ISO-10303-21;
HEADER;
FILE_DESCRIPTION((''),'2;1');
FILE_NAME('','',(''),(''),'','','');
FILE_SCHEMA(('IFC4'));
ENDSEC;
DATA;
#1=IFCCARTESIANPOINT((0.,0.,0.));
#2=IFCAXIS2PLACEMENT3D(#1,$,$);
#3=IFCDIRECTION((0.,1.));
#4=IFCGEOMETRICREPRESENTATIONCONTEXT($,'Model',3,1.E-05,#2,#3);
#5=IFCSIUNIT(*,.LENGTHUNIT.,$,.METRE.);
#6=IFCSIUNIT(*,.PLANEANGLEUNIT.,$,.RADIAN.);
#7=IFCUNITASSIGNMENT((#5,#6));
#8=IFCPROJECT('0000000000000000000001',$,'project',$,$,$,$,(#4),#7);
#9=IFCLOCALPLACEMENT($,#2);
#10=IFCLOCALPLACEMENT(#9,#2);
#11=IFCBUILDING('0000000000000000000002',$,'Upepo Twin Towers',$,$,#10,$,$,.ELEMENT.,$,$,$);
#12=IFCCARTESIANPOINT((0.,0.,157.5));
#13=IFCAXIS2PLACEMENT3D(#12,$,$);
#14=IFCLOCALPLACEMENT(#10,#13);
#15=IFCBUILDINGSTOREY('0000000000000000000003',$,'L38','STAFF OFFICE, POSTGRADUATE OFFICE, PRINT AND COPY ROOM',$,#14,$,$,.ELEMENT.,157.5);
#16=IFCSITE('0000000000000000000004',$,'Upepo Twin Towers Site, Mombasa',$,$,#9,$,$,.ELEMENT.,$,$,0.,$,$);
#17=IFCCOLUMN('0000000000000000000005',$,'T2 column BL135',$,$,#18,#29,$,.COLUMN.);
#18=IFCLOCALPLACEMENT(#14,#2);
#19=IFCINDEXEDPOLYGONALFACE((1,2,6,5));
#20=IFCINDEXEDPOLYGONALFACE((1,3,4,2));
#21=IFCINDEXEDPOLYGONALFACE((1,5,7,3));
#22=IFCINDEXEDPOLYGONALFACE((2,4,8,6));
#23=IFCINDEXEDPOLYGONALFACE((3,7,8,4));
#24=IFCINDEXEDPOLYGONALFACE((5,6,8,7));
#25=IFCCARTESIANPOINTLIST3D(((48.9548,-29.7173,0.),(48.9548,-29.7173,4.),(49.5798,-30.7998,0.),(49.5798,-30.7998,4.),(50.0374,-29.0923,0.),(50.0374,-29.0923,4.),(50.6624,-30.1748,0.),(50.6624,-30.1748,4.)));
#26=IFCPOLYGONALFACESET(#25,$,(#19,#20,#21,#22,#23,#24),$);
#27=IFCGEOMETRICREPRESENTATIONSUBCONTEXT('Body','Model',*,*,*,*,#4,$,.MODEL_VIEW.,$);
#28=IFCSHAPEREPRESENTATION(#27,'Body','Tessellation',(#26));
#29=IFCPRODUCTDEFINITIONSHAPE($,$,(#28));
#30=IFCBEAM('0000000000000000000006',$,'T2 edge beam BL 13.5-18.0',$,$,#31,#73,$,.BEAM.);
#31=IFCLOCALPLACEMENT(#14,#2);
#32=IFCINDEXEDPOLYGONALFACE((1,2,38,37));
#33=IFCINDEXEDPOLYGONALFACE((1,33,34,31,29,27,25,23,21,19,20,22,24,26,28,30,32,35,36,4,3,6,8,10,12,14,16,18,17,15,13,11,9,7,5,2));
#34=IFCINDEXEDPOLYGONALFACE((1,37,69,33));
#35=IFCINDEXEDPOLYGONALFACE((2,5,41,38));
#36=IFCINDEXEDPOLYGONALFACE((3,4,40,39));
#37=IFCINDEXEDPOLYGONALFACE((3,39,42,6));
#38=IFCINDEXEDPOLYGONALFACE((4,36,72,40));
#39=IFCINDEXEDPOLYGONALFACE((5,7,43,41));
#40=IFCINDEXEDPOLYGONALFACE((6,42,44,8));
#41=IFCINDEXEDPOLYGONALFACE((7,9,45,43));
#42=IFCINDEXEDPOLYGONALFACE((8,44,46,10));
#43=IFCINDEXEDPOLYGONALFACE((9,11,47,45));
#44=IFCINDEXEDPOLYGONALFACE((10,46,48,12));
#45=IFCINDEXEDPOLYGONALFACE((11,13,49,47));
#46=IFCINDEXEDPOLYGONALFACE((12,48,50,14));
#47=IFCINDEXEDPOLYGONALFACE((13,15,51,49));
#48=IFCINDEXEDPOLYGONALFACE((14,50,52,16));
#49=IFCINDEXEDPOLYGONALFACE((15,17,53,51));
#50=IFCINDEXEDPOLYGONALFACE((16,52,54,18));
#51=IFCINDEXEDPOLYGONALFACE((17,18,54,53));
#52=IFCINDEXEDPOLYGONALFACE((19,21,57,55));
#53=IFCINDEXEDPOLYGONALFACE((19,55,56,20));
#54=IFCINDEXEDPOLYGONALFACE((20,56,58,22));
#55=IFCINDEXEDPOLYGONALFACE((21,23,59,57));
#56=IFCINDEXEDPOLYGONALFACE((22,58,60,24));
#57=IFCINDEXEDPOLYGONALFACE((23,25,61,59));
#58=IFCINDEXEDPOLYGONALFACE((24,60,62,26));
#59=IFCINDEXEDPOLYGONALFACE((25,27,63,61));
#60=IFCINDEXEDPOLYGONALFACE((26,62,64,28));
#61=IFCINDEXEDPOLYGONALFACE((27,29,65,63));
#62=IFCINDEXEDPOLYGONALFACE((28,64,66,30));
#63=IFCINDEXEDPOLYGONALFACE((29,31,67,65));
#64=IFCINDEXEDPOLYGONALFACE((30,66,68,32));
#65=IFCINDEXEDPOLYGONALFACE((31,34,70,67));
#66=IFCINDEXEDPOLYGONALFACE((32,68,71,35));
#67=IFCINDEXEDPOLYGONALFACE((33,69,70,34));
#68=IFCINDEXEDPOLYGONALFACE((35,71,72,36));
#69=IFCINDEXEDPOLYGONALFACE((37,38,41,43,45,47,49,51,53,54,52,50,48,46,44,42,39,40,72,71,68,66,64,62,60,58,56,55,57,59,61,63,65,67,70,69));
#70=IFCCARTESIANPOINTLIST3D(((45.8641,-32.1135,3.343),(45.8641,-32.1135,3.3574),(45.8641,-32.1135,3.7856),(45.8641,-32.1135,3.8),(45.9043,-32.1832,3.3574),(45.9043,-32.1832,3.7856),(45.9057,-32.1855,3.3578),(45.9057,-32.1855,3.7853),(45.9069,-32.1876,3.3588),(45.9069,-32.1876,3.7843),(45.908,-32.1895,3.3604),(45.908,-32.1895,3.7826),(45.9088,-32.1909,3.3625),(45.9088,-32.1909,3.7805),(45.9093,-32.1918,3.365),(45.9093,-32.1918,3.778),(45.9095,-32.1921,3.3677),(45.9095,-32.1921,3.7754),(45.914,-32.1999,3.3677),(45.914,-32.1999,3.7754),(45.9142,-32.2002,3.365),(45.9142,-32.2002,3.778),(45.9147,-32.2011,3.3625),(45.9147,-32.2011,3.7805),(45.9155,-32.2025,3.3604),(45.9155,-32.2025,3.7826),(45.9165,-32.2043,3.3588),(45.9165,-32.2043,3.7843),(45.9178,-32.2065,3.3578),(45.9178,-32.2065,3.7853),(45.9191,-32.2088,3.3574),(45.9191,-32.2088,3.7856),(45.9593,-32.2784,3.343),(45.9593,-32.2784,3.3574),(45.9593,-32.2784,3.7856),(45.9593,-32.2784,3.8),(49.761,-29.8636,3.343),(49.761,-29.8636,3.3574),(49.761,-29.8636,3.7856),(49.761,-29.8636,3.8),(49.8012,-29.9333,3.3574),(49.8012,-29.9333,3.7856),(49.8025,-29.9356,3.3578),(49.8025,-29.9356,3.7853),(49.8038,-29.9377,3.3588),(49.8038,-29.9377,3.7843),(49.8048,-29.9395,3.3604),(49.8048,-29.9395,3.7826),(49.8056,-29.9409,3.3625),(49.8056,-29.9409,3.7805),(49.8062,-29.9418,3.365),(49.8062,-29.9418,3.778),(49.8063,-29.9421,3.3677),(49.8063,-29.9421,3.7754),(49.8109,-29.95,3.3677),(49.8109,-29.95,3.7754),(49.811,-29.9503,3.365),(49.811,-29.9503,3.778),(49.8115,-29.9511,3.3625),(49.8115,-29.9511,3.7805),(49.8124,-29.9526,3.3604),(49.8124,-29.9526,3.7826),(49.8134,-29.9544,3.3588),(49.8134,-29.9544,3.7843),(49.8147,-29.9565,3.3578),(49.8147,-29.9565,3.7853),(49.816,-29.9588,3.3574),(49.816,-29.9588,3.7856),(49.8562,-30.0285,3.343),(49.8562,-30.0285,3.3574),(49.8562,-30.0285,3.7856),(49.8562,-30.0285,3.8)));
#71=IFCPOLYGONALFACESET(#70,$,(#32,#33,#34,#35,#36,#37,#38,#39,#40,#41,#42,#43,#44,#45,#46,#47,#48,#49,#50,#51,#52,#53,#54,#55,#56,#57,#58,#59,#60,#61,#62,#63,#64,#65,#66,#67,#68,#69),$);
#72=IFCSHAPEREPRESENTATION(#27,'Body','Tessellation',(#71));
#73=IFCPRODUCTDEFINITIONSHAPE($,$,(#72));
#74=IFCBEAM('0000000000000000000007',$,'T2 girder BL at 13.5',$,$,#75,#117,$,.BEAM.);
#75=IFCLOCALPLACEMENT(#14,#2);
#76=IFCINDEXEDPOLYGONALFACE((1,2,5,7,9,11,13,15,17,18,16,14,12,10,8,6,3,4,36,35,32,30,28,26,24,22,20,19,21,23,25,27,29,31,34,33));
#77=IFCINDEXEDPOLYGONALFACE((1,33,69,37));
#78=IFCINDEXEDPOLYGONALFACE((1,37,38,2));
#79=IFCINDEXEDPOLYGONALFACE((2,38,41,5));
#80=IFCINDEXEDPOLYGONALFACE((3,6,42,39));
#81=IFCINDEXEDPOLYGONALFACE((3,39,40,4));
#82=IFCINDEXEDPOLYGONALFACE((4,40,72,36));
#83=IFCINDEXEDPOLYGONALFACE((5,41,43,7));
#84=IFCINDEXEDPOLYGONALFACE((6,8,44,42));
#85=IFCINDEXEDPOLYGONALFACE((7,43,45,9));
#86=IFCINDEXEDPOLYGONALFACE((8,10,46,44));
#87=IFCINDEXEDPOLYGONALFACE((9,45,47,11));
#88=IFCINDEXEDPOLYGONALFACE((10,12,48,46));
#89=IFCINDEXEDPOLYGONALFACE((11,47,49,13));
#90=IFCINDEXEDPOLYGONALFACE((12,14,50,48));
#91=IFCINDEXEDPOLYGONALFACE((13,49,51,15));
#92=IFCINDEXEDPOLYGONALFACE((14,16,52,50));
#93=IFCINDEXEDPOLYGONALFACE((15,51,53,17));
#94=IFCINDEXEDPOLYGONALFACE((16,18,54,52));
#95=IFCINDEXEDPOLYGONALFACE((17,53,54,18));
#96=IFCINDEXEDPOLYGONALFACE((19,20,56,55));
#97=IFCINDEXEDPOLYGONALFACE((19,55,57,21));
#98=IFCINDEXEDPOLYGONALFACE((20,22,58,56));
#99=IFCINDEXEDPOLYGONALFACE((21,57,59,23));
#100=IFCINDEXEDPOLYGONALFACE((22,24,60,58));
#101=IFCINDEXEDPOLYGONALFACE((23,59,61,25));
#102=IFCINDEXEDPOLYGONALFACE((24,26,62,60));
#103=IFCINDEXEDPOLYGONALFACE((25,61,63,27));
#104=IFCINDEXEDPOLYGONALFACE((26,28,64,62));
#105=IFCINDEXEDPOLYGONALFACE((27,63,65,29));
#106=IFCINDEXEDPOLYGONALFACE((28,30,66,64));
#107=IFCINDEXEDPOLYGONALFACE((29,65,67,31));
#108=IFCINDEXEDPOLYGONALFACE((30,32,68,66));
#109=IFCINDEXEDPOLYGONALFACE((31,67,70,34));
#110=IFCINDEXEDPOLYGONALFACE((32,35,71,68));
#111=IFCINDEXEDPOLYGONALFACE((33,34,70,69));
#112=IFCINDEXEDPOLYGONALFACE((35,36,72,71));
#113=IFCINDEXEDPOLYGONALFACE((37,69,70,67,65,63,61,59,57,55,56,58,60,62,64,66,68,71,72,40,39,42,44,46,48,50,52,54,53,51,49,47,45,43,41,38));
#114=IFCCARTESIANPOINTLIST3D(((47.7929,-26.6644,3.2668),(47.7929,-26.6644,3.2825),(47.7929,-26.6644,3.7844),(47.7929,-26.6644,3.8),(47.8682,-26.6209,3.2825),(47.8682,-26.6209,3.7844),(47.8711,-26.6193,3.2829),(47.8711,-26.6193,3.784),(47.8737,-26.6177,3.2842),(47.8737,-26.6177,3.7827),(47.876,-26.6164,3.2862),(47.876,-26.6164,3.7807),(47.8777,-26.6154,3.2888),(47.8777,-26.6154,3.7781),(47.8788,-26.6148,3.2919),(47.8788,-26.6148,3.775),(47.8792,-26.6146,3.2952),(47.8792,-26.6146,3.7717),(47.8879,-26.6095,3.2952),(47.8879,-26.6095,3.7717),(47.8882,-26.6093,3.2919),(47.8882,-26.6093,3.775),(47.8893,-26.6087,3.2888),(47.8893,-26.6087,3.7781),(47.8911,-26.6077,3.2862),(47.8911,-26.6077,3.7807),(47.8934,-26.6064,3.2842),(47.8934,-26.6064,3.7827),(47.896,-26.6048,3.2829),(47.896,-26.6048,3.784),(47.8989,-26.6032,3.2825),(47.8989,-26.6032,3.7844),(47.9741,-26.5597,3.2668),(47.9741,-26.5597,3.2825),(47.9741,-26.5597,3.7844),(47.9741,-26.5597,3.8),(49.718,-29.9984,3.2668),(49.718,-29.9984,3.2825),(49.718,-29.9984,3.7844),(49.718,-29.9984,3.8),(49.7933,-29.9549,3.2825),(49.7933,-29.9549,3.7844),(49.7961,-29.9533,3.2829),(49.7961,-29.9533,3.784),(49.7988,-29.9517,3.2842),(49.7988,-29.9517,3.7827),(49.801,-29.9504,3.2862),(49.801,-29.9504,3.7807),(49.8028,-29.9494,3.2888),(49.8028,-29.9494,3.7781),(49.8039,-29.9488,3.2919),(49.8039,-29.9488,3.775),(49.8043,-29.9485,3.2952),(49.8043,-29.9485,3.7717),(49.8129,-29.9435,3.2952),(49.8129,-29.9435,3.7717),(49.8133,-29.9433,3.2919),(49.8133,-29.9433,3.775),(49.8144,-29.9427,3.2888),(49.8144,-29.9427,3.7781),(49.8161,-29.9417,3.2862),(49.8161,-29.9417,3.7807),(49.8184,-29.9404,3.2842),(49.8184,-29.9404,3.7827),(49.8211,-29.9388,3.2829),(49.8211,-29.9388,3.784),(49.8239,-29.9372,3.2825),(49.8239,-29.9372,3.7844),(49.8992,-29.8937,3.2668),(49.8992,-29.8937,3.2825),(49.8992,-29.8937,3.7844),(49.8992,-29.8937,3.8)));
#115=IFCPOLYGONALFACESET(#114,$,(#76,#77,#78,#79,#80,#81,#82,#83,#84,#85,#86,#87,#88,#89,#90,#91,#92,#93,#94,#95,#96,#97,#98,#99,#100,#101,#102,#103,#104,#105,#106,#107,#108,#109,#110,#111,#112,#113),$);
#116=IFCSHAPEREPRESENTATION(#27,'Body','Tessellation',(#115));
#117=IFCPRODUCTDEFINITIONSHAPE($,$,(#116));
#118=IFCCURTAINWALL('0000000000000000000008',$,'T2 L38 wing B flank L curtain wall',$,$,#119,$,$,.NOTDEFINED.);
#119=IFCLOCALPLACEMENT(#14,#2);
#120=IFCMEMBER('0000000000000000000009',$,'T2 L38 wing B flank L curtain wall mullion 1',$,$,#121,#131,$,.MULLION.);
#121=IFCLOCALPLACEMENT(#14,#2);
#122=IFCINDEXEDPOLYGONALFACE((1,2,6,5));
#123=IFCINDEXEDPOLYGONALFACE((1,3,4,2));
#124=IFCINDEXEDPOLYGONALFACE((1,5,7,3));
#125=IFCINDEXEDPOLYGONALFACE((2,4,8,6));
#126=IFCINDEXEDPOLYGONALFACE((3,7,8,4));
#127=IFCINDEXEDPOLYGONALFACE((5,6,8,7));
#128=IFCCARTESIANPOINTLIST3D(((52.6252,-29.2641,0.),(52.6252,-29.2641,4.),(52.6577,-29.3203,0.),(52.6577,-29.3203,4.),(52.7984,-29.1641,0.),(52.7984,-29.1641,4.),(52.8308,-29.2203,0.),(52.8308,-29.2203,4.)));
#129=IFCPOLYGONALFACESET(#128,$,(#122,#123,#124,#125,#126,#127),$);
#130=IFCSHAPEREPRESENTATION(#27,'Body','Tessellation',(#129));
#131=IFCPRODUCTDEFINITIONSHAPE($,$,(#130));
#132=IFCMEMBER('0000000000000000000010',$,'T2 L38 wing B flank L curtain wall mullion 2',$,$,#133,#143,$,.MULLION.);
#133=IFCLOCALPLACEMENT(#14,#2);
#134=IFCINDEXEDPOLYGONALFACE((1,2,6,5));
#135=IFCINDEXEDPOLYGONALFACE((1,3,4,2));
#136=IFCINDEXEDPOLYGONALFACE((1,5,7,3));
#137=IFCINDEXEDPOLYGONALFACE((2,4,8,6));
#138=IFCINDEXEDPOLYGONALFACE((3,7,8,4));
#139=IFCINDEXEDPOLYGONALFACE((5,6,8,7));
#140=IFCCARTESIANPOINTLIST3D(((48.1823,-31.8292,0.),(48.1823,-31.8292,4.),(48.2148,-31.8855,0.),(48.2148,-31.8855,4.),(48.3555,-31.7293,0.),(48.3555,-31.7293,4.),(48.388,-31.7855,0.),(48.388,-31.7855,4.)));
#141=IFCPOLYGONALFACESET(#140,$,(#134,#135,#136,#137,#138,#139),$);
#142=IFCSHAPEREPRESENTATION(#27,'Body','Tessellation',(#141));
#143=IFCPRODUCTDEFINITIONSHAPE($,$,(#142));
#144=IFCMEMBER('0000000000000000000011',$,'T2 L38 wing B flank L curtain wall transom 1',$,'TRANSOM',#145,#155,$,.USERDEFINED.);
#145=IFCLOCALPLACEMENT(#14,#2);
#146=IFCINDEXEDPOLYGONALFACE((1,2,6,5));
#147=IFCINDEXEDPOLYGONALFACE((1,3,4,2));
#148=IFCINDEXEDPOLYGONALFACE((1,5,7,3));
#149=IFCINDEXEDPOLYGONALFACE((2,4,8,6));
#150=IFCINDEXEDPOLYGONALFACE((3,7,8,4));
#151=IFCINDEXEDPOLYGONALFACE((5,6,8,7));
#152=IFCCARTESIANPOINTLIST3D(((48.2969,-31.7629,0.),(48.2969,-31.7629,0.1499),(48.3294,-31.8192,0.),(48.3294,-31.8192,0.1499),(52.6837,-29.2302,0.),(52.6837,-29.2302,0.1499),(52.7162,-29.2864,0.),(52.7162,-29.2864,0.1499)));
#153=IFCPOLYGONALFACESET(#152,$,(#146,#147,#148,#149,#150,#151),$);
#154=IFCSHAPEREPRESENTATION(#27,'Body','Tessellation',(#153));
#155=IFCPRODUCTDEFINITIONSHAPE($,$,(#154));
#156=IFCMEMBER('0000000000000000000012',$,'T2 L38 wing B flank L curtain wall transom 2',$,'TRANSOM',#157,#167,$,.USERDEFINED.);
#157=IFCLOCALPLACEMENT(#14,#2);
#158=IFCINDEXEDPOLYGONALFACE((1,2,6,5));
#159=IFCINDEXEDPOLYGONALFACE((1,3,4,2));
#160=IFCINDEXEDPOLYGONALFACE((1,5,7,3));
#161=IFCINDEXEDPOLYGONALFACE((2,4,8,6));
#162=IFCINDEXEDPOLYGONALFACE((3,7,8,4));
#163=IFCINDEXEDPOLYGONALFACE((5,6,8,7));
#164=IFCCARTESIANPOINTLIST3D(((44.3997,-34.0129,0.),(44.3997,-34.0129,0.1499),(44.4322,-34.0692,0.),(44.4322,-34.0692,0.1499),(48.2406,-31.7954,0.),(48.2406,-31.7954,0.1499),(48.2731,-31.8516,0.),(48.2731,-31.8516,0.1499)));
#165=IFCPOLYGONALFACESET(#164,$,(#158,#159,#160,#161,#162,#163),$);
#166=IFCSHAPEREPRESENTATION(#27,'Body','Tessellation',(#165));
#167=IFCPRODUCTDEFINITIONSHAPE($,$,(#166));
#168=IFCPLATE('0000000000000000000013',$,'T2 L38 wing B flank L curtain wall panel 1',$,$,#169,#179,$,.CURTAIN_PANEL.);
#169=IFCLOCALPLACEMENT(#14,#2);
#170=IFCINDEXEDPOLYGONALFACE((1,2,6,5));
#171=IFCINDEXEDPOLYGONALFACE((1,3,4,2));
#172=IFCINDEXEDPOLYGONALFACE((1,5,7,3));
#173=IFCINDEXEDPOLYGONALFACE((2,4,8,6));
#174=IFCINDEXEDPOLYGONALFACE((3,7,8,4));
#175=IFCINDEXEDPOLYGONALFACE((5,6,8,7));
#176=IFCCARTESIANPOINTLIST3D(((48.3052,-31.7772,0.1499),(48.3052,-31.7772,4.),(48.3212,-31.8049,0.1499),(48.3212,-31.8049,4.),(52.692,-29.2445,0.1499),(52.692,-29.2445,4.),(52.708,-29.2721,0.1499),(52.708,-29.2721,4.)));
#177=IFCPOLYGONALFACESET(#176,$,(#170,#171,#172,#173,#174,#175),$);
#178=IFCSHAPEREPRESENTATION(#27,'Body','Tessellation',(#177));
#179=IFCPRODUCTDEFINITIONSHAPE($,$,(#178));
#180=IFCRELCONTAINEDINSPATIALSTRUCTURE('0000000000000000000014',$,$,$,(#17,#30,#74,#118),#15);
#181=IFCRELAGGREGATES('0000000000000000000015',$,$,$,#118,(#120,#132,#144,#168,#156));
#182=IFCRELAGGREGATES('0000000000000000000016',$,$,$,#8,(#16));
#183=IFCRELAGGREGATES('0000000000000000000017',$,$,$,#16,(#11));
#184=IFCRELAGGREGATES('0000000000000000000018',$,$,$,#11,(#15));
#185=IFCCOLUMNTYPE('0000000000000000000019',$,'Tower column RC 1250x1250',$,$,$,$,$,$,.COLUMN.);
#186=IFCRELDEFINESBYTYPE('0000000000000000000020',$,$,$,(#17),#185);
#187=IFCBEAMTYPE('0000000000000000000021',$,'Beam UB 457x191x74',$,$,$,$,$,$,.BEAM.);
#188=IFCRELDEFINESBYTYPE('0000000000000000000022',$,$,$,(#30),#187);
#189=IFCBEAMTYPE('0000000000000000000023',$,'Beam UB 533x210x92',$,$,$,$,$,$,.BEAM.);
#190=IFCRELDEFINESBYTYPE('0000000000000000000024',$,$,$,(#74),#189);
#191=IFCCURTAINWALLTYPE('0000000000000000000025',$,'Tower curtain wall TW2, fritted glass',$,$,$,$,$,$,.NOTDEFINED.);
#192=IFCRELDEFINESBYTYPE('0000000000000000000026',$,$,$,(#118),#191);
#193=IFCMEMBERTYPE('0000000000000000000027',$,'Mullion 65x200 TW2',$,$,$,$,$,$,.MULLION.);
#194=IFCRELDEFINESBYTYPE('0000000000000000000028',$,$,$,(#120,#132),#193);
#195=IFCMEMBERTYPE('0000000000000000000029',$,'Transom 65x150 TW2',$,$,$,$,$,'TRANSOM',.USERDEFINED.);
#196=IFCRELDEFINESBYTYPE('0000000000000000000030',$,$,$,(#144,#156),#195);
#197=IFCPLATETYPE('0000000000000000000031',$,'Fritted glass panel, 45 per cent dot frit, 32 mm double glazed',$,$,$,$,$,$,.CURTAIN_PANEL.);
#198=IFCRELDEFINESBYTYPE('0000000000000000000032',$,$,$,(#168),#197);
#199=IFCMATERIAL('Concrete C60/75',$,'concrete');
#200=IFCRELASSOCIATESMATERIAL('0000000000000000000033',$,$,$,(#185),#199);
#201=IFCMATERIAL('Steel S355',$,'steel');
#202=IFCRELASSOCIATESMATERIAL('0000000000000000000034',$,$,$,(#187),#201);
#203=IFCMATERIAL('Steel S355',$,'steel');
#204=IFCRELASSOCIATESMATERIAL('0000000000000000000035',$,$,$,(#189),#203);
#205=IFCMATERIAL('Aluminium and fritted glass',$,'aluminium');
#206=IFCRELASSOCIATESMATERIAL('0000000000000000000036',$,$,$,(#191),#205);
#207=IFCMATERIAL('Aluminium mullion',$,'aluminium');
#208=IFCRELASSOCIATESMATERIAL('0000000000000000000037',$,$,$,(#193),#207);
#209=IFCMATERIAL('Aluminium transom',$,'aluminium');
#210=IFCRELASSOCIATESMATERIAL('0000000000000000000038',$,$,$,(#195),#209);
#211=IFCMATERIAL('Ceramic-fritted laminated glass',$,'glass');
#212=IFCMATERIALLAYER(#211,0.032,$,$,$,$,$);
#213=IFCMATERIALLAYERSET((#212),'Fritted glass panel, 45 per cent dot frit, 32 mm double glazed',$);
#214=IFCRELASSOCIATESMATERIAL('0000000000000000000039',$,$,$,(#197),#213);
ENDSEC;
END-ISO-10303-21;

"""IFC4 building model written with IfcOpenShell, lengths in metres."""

from ifc_helpers import new_model, si_unit, direction, frame, origin, origin_2d, place, context, subcontext, project, spatial, rectangle, i_section, extrude, material, layer, layer_set, material_profile, profile_set, type_object, element, aggregate, save


model = new_model("IFC4")

# Units and contexts
model_context = context("Model", 3, precision=1e-05, world=origin(), true_north=direction((0.0, 1.0)))
body_context = subcontext(model_context, "Body", "Model", "MODEL_VIEW")
ifc_project = project(units=[si_unit("LENGTHUNIT", "METRE"), si_unit("PLANEANGLEUNIT", "RADIAN")], contexts=[model_context])

# Site, building, storey
site_placement = place(None, origin())
site = spatial("IfcSite", under=ifc_project, at=site_placement, Name="Upepo Twin Towers Site, Mombasa", CompositionType="ELEMENT", RefElevation=0.0)
building_placement = place(site_placement, origin())
building = spatial("IfcBuilding", under=site, at=building_placement, Name="Upepo Twin Towers", CompositionType="ELEMENT")
storey_placement = place(building_placement, frame((0.0, 0.0, 157.5)))
storey = spatial("IfcBuildingStorey", under=building, at=storey_placement, Name="L38", Description="STAFF OFFICE, POSTGRADUATE OFFICE, PRINT AND COPY ROOM", CompositionType="ELEMENT", Elevation=157.5)

# Column
ifc_material_1 = material(Name="Concrete C60/75", Category="concrete")
ifc_material_profile_1 = material_profile(ifc_material_1, rectangle(XDim=1.25, YDim=1.25, at=origin_2d()), Name="RC 1250x1250")
ifc_profile_set_1 = profile_set([ifc_material_profile_1], Name="Concrete C60/75")
column_type = type_object("IfcColumnType", Name="Tower column RC 1250x1250", PredefinedType="COLUMN", material=ifc_profile_set_1)
column_placement = place(storey_placement, frame((49.8086, -29.946, 0.0), z_axis=(0.0, 0.0, 1.0), x_axis=(0.866025, 0.5, 0.0)))
element("IfcColumn", 1, at=column_placement, inside=storey, type_object=column_type, Name="T2 column BL135", PredefinedType="COLUMN", context=body_context, shape_type="SweptSolid", body=[
    extrude(rectangle(XDim=1.25, YDim=1.25, at=origin_2d()), origin(), (0.0, 0.0, 1.0), 4.0),
])

# Beams
ifc_material_2 = material(Name="Steel S355", Category="steel")
ifc_material_profile_2 = material_profile(ifc_material_2, i_section(OverallWidth=0.1904, OverallDepth=0.457, WebThickness=0.009, FlangeThickness=0.0144, FilletRadius=0.0103, at=origin_2d()), Name="UB 457x191x74")
ifc_profile_set_2 = profile_set([ifc_material_profile_2], Name="Steel S355")
beam_type_1 = type_object("IfcBeamType", Name="Beam UB 457x191x74", PredefinedType="BEAM", material=ifc_profile_set_2)
beam_1_placement = place(storey_placement, frame((49.8086, -29.946, 3.5715), z_axis=(-0.866018, -0.500014, 0.0), x_axis=(0.500014, -0.866018, 0.0)))
element("IfcBeam", 2, at=beam_1_placement, inside=storey, type_object=beam_type_1, Name="T2 edge beam BL 13.5-18.0", PredefinedType="BEAM", context=body_context, shape_type="SweptSolid", body=[
    extrude(i_section(OverallWidth=0.1904, OverallDepth=0.457, WebThickness=0.009, FlangeThickness=0.0144, FilletRadius=0.0103, at=origin_2d()), origin(), (0.0, 0.0, 1.0), 4.4998),
])
ifc_material_3 = material(Name="Steel S355", Category="steel")
ifc_material_profile_3 = material_profile(ifc_material_3, i_section(OverallWidth=0.2092, OverallDepth=0.5332, WebThickness=0.01, FlangeThickness=0.0156, FilletRadius=0.0127, at=origin_2d()), Name="UB 533x210x92")
ifc_profile_set_3 = profile_set([ifc_material_profile_3], Name="Steel S355")
beam_type_2 = type_object("IfcBeamType", Name="Beam UB 533x210x92", PredefinedType="BEAM", material=ifc_profile_set_3)
beam_2_placement = place(storey_placement, frame((49.8086, -29.946, 3.5334), z_axis=(-0.500034, 0.866006, 0.0), x_axis=(-0.866006, -0.500034, 0.0)))
element("IfcBeam", 3, at=beam_2_placement, inside=storey, type_object=beam_type_2, Name="T2 girder BL at 13.5", PredefinedType="BEAM", context=body_context, shape_type="SweptSolid", body=[
    extrude(i_section(OverallWidth=0.2092, OverallDepth=0.5332, WebThickness=0.01, FlangeThickness=0.0156, FilletRadius=0.0127, at=origin_2d()), origin(), (0.0, 0.0, 1.0), 3.8499),
])

# Curtain wall, members, plate
ifc_material_4 = material(Name="Aluminium and fritted glass", Category="aluminium")
curtain_wall_type = type_object("IfcCurtainWallType", Name="Tower curtain wall TW2, fritted glass", PredefinedType="NOTDEFINED", material=ifc_material_4)
curtain_wall_placement = place(storey_placement, origin())
curtain_wall = element("IfcCurtainWall", 4, at=curtain_wall_placement, inside=storey, type_object=curtain_wall_type, Name="T2 L38 wing B flank L curtain wall", PredefinedType="NOTDEFINED")
ifc_material_5 = material(Name="Aluminium mullion", Category="aluminium")
ifc_material_profile_4 = material_profile(ifc_material_5, rectangle(XDim=0.0649, YDim=0.2, at=origin_2d()), Name="MULLION 65x200")
ifc_profile_set_4 = profile_set([ifc_material_profile_4], Name="Aluminium mullion")
member_type_1 = type_object("IfcMemberType", Name="Mullion 65x200 TW2", PredefinedType="MULLION", material=ifc_profile_set_4)
member_1_placement = place(storey_placement, frame((52.728, -29.2422, 0.0), z_axis=(0.0, 0.0, 1.0), x_axis=(0.5, -0.866025, 0.0)))
member_1 = element("IfcMember", 5, at=member_1_placement, type_object=member_type_1, Name="T2 L38 wing B flank L curtain wall mullion 1", PredefinedType="MULLION", context=body_context, shape_type="SweptSolid", body=[
    extrude(rectangle(XDim=0.0649, YDim=0.2, at=origin_2d()), origin(), (0.0, 0.0, 1.0), 4.0),
])
member_2_placement = place(storey_placement, frame((48.2852, -31.8074, 0.0), z_axis=(0.0, 0.0, 1.0), x_axis=(0.5, -0.866025, 0.0)))
member_2 = element("IfcMember", 6, at=member_2_placement, type_object=member_type_1, Name="T2 L38 wing B flank L curtain wall mullion 2", PredefinedType="MULLION", context=body_context, shape_type="SweptSolid", body=[
    extrude(rectangle(XDim=0.0649, YDim=0.2, at=origin_2d()), origin(), (0.0, 0.0, 1.0), 4.0),
])
ifc_material_6 = material(Name="Aluminium transom", Category="aluminium")
ifc_material_profile_5 = material_profile(ifc_material_6, rectangle(XDim=0.0649, YDim=0.1499, at=origin_2d()), Name="TRANSOM 65x150")
ifc_profile_set_5 = profile_set([ifc_material_profile_5], Name="Aluminium transom")
member_type_2 = type_object("IfcMemberType", Name="Transom 65x150 TW2", ElementType="TRANSOM", PredefinedType="USERDEFINED", material=ifc_profile_set_5)
member_3_placement = place(storey_placement, frame((52.7, -29.2583, 0.075), z_axis=(-0.866022, -0.500006, 0.0), x_axis=(0.500006, -0.866022, 0.0)))
member_3 = element("IfcMember", 7, at=member_3_placement, type_object=member_type_2, Name="T2 L38 wing B flank L curtain wall transom 1", ObjectType="TRANSOM", PredefinedType="USERDEFINED", context=body_context, shape_type="SweptSolid", body=[
    extrude(rectangle(XDim=0.0649, YDim=0.1499, at=origin_2d()), origin(), (0.0, 0.0, 1.0), 5.0654),
])
member_4_placement = place(storey_placement, frame((48.2568, -31.8235, 0.075), z_axis=(-0.866022, -0.500005, 0.0), x_axis=(0.500005, -0.866022, 0.0)))
member_4 = element("IfcMember", 8, at=member_4_placement, type_object=member_type_2, Name="T2 L38 wing B flank L curtain wall transom 2", ObjectType="TRANSOM", PredefinedType="USERDEFINED", context=body_context, shape_type="SweptSolid", body=[
    extrude(rectangle(XDim=0.0649, YDim=0.1499, at=origin_2d()), origin(), (0.0, 0.0, 1.0), 4.4351),
])
ifc_material_7 = material(Name="Ceramic-fritted laminated glass", Category="glass")
ifc_layer_1 = layer(ifc_material_7, 0.032)
ifc_layer_set_1 = layer_set([ifc_layer_1], Name="Fritted glass panel, 45 per cent dot frit, 32 mm double glazed")
plate_type = type_object("IfcPlateType", Name="Fritted glass panel, 45 per cent dot frit, 32 mm double glazed", PredefinedType="CURTAIN_PANEL", material=ifc_layer_set_1)
plate_1_placement = place(storey_placement, frame((50.5066, -30.5247, 0.1499), z_axis=(0.0, 0.0, 1.0), x_axis=(-0.866025, -0.5, 0.0)))
plate_1 = element("IfcPlate", 9, at=plate_1_placement, type_object=plate_type, Name="T2 L38 wing B flank L curtain wall panel 1", PredefinedType="CURTAIN_PANEL", context=body_context, shape_type="SweptSolid", body=[
    extrude(rectangle(XDim=5.0654, YDim=0.032, at=origin_2d()), origin(), (0.0, 0.0, 1.0), 3.8501),
])
aggregate(curtain_wall, [member_1, member_2, member_3, plate_1, member_4])

save(model, "model.ifc")
